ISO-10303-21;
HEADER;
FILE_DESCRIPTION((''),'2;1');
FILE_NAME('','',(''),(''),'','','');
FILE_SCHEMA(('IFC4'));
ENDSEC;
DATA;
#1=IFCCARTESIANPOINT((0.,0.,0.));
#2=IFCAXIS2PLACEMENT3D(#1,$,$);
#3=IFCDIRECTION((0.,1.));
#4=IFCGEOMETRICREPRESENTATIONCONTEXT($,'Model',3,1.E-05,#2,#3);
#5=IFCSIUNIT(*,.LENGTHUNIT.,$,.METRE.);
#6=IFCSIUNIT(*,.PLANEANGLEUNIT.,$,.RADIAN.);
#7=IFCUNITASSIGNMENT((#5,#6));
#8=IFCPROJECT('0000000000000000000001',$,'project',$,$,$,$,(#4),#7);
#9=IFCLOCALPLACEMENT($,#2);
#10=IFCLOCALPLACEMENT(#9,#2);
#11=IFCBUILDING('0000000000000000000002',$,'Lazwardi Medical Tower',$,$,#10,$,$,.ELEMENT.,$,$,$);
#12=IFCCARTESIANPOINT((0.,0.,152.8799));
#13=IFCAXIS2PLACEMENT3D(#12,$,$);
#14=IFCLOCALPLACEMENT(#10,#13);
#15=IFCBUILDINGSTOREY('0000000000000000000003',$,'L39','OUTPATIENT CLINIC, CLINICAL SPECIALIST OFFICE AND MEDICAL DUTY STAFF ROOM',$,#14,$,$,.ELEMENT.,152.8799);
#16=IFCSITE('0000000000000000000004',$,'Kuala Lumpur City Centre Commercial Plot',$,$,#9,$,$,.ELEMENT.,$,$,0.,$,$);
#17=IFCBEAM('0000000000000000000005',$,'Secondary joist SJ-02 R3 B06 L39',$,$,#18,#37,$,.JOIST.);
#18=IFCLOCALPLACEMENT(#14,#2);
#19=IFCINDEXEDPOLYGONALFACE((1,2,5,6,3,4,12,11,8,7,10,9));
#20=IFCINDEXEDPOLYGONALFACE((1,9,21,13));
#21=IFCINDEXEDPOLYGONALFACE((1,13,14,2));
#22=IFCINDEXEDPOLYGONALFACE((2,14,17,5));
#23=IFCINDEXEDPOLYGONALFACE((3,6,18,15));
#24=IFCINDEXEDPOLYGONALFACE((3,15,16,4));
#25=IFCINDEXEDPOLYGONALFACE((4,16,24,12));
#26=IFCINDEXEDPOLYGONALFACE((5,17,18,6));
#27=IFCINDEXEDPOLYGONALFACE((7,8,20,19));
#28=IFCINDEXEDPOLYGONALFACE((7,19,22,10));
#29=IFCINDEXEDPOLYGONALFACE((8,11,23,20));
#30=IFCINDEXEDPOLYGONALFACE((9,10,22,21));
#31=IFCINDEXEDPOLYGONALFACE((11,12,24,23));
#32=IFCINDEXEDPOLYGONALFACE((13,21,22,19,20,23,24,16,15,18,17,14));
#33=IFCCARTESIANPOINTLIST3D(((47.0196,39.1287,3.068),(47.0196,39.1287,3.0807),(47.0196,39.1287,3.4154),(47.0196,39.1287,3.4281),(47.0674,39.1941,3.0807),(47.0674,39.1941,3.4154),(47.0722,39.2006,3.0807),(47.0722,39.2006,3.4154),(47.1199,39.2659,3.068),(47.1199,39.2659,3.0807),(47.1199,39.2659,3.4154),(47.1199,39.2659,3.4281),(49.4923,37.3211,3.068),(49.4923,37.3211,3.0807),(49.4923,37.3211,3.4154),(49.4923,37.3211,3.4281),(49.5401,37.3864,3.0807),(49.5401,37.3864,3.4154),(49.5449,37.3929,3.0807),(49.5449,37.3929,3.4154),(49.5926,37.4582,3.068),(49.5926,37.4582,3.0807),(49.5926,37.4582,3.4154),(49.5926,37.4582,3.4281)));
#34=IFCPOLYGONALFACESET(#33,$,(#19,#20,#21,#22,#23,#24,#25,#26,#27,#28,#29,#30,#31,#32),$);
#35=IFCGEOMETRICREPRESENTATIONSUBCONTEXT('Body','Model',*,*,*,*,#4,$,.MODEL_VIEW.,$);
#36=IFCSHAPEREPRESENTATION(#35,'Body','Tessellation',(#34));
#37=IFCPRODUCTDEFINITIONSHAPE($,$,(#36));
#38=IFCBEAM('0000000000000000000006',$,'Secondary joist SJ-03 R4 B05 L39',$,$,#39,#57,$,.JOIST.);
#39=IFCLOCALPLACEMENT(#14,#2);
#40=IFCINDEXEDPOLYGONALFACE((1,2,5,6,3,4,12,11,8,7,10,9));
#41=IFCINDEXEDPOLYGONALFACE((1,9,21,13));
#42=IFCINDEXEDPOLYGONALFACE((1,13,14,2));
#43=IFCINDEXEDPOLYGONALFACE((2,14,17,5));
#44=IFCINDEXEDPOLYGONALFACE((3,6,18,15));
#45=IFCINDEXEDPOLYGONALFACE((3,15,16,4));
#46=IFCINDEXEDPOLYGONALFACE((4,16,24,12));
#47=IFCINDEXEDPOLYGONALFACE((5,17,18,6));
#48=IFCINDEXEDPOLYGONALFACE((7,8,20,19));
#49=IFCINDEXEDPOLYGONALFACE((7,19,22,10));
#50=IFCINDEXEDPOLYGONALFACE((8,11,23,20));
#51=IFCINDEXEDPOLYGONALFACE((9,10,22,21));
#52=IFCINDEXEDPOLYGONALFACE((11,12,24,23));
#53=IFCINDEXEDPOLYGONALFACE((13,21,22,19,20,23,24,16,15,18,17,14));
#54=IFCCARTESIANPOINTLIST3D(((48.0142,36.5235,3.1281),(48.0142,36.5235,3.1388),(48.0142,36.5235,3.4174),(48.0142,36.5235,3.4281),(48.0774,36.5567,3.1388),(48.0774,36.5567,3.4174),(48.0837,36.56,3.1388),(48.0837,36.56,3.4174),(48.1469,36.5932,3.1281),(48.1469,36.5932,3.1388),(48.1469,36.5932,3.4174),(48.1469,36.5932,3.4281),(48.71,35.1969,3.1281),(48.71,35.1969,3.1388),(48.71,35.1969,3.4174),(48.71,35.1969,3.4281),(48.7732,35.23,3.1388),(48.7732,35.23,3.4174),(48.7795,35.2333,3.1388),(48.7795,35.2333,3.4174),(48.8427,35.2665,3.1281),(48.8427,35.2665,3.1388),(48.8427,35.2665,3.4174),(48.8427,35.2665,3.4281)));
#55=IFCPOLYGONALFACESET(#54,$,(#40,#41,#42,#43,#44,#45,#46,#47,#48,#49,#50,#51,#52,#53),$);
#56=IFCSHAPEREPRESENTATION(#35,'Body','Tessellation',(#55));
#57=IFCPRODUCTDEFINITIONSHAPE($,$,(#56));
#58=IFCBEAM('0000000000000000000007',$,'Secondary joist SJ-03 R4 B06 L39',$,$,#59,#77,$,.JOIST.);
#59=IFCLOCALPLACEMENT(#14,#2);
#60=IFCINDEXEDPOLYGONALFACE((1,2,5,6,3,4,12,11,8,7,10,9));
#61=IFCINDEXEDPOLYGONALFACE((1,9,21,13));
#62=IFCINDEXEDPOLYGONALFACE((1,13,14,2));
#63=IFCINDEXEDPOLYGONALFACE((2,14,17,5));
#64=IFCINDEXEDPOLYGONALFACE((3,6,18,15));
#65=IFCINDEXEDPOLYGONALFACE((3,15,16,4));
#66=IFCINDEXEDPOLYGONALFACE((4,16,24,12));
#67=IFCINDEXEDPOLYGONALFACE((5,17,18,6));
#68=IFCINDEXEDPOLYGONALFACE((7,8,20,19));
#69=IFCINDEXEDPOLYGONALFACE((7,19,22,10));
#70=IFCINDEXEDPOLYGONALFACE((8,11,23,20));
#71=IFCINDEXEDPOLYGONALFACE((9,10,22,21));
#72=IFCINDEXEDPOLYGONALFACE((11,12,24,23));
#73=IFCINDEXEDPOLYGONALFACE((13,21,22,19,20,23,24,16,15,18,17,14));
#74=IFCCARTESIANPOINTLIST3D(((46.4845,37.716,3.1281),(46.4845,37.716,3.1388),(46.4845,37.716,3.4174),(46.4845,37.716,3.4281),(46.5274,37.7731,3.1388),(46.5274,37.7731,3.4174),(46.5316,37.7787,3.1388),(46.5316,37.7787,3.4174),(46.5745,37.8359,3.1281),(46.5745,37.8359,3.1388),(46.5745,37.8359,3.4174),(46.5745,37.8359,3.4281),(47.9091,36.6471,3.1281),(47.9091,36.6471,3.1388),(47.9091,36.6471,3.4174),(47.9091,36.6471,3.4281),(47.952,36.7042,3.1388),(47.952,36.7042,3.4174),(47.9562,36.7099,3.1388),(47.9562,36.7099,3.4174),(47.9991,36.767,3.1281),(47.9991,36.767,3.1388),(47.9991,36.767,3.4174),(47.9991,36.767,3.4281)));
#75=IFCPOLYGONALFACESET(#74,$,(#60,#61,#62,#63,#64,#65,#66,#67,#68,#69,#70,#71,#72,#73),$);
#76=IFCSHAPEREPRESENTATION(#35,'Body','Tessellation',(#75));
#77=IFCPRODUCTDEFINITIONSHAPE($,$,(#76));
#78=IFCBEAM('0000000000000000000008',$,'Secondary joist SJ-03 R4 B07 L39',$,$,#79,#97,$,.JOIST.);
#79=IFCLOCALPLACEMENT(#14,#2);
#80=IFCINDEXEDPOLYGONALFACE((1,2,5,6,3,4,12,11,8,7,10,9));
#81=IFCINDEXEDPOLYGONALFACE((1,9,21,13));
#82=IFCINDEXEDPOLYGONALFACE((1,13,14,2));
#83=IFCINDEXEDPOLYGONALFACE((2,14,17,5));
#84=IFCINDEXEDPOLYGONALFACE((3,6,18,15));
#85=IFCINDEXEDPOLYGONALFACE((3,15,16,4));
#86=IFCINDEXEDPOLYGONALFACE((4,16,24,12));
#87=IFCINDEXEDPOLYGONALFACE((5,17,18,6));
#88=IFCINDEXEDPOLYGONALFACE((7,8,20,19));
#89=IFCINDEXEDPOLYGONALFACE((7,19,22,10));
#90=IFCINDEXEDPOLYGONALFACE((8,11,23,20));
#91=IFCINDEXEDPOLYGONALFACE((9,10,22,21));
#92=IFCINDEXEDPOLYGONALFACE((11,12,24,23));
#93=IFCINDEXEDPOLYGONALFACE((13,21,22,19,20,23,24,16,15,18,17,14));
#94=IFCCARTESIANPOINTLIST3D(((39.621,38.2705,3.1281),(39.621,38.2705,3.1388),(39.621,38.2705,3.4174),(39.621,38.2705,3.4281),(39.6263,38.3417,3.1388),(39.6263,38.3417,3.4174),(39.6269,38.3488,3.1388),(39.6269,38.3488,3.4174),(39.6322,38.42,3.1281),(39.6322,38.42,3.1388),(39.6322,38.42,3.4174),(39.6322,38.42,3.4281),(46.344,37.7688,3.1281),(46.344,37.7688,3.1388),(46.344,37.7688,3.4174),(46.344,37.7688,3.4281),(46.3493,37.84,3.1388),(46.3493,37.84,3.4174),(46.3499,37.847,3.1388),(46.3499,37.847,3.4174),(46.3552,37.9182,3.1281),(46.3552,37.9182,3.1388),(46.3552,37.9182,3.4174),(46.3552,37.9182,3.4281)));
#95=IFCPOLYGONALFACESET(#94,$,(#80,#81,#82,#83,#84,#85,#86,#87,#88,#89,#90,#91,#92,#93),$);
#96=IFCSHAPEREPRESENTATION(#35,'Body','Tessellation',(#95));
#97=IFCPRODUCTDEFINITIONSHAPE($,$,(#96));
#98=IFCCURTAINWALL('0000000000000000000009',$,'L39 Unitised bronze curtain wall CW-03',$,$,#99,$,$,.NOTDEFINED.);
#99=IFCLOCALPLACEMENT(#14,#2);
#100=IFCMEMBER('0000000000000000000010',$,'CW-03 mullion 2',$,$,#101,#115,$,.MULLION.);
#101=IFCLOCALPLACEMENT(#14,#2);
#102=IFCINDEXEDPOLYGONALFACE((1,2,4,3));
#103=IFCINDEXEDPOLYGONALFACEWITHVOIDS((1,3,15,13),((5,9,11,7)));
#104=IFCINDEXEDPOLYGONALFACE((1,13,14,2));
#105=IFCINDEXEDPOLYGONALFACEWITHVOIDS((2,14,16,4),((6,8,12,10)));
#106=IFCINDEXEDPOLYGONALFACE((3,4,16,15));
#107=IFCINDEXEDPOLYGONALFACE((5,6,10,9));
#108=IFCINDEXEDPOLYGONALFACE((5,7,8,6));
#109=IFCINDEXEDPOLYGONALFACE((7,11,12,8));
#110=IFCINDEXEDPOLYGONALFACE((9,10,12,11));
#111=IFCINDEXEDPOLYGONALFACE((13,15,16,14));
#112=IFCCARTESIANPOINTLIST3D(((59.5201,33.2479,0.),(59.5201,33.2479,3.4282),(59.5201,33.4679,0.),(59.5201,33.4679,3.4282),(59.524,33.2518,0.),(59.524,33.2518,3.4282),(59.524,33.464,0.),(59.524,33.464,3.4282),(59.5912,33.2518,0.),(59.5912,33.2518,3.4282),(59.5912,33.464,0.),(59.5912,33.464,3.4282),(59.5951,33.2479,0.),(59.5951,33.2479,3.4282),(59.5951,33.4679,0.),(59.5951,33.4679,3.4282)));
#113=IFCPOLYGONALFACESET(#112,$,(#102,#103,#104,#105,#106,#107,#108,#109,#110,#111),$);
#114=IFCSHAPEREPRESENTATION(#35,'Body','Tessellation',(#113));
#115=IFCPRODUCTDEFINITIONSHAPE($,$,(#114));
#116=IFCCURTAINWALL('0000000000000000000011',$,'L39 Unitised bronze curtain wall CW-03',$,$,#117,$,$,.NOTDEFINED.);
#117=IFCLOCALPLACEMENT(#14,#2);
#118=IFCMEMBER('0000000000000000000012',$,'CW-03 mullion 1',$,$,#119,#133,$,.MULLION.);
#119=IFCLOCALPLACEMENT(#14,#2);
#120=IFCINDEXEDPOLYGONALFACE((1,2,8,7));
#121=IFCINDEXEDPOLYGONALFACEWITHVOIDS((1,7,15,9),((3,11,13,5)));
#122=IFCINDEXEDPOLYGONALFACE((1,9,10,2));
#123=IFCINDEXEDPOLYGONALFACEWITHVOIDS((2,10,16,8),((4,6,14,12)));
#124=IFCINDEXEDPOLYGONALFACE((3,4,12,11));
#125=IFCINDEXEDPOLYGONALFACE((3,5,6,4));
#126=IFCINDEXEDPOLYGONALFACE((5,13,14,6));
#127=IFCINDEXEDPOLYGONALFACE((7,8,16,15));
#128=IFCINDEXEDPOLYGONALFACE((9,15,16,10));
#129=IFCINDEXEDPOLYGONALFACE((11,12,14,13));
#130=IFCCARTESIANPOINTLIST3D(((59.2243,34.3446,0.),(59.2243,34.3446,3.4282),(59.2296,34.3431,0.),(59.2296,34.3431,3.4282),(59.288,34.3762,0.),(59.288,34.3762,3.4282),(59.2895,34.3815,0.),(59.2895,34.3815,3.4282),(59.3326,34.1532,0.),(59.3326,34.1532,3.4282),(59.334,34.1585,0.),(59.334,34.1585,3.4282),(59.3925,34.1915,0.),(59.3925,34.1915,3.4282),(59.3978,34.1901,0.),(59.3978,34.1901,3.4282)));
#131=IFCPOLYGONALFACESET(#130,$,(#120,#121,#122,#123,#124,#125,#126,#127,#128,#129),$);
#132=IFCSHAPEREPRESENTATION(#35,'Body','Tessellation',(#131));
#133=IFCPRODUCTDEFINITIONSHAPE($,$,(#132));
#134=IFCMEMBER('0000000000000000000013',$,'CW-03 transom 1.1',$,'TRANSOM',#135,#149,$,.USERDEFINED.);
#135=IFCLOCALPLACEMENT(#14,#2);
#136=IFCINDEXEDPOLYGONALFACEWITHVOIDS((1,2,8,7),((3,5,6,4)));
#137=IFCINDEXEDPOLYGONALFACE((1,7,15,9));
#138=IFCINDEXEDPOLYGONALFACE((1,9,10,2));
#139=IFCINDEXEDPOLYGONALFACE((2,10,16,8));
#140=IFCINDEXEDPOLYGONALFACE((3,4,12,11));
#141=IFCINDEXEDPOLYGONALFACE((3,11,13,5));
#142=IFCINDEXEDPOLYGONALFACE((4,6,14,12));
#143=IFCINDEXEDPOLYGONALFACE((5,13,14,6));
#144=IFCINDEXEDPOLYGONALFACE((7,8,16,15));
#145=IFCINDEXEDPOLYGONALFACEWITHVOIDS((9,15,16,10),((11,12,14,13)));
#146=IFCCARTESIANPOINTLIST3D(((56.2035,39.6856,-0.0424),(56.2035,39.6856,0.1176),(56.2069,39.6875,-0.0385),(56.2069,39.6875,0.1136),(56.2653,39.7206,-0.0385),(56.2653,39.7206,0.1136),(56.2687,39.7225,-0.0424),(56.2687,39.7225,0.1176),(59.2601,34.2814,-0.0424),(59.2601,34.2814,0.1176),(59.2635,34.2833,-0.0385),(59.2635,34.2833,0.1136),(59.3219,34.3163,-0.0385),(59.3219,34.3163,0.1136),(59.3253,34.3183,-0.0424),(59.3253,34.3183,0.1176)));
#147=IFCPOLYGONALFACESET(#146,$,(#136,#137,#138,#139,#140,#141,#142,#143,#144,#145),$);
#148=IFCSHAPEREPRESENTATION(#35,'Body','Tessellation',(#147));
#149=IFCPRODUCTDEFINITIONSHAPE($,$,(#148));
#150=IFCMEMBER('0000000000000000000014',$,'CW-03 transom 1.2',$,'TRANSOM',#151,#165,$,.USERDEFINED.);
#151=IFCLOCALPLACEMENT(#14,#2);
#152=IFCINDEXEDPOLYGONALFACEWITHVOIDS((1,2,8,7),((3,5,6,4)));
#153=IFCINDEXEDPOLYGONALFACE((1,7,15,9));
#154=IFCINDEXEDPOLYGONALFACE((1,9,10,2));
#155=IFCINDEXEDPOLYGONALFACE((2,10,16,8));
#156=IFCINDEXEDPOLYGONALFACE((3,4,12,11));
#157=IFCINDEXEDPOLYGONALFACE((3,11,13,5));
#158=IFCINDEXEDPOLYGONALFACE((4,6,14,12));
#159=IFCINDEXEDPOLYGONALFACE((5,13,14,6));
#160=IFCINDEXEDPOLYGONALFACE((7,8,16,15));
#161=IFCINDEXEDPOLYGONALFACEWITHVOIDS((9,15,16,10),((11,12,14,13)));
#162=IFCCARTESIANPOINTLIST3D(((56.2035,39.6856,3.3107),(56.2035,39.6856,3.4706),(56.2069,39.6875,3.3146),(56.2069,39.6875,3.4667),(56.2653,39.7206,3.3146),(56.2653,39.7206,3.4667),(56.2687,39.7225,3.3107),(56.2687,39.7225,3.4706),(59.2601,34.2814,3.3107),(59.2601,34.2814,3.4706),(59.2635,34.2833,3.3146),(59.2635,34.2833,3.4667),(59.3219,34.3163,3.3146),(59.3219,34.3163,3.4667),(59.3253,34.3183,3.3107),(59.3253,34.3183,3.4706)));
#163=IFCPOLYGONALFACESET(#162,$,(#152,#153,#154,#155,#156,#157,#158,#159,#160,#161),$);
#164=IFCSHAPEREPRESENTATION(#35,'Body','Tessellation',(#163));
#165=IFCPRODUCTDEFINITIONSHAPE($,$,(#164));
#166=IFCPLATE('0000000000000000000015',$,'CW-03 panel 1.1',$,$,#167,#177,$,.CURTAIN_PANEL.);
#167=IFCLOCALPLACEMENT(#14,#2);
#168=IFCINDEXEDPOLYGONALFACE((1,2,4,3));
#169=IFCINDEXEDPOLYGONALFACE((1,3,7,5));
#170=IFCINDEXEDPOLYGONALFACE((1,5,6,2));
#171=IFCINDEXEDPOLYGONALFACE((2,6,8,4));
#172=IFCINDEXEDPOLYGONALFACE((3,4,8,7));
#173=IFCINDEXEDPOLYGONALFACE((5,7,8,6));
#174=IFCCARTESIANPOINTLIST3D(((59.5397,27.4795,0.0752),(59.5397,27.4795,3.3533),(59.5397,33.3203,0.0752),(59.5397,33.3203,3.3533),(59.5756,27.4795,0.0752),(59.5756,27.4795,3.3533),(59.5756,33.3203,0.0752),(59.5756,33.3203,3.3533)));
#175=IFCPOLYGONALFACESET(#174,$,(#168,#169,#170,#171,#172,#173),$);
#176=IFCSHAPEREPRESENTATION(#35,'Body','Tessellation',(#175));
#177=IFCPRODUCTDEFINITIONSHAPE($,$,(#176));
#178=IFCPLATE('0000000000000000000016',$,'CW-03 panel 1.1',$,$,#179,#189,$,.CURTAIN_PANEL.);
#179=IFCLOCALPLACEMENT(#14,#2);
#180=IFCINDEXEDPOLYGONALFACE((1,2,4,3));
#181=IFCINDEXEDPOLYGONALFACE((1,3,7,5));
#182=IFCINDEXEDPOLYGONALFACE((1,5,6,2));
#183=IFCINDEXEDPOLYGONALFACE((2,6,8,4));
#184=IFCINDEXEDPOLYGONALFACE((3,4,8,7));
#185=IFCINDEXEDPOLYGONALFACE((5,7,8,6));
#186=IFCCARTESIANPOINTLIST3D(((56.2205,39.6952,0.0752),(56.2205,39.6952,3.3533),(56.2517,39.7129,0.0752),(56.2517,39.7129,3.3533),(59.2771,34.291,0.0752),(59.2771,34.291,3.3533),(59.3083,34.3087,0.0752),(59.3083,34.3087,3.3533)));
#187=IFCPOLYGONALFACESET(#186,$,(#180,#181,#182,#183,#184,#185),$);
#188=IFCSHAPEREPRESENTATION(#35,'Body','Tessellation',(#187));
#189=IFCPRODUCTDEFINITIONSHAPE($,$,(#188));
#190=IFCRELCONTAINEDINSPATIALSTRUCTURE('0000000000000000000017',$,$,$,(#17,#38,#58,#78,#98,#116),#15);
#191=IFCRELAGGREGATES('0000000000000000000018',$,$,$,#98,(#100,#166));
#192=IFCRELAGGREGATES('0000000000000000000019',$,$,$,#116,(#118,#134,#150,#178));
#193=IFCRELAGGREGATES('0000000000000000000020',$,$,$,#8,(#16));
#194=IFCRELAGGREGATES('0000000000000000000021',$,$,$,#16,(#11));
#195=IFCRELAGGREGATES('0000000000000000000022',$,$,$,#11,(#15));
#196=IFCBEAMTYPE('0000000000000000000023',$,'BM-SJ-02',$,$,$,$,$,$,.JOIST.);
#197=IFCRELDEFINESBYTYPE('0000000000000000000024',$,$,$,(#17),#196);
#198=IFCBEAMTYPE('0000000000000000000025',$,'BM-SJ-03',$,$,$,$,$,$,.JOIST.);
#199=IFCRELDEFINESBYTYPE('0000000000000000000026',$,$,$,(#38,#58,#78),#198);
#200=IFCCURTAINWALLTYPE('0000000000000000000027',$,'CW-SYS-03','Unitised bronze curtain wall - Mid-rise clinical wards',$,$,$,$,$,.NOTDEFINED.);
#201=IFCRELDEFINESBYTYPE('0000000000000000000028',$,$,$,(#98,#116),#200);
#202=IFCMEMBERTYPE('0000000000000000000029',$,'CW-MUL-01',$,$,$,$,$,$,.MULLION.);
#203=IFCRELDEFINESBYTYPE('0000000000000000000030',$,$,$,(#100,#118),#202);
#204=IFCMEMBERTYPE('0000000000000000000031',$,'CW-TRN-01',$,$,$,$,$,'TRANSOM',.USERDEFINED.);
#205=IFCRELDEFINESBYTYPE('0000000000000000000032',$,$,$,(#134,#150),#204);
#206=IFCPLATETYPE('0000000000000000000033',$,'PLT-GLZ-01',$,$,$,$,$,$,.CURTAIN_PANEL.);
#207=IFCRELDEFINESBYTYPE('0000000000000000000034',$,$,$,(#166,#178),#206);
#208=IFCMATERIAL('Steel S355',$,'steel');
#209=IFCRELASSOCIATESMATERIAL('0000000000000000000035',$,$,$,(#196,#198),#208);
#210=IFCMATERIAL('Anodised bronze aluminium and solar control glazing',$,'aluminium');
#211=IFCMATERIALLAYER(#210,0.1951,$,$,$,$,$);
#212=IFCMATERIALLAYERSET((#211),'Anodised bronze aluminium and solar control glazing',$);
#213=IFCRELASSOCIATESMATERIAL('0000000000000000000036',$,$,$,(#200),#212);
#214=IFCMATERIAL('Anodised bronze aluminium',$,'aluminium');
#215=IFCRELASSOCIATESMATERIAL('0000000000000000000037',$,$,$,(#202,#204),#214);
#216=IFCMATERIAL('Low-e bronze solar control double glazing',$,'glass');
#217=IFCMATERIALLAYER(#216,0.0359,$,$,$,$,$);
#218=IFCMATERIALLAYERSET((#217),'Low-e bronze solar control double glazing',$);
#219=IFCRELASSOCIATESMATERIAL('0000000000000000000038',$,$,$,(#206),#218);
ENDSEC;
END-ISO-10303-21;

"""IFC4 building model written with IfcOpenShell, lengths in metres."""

from ifc_helpers import new_model, si_unit, direction, frame, origin, origin_2d, place, context, subcontext, project, spatial, rectangle, hollow_rectangle, i_section, extrude, material, layer, layer_set, material_profile, profile_set, type_object, element, aggregate, save


model = new_model("IFC4")

# Units and contexts
model_context = context("Model", 3, precision=1e-05, world=origin(), true_north=direction((0.0, 1.0)))
body_context = subcontext(model_context, "Body", "Model", "MODEL_VIEW")
ifc_project = project(units=[si_unit("LENGTHUNIT", "METRE"), si_unit("PLANEANGLEUNIT", "RADIAN")], contexts=[model_context])

# Site, building, storey
site_placement = place(None, origin())
site = spatial("IfcSite", under=ifc_project, at=site_placement, Name="Kuala Lumpur City Centre Commercial Plot", CompositionType="ELEMENT", RefElevation=0.0)
building_placement = place(site_placement, origin())
building = spatial("IfcBuilding", under=site, at=building_placement, Name="Lazwardi Medical Tower", CompositionType="ELEMENT")
storey_placement = place(building_placement, frame((0.0, 0.0, 152.8799)))
storey = spatial("IfcBuildingStorey", under=building, at=storey_placement, Name="L39", Description="OUTPATIENT CLINIC, CLINICAL SPECIALIST OFFICE AND MEDICAL DUTY STAFF ROOM", CompositionType="ELEMENT", Elevation=152.8799)

# Beams
ifc_material_1 = material(Name="Steel S355", Category="steel")
ifc_material_profile_1 = material_profile(ifc_material_1, i_section(OverallWidth=0.1699, OverallDepth=0.3601, WebThickness=0.0081, FlangeThickness=0.0127, at=origin_2d()), Name="IPE 360")
ifc_profile_set_1 = profile_set([ifc_material_profile_1], Name="Steel S355")
beam_type_1 = type_object("IfcBeamType", Name="BM-SJ-02", PredefinedType="JOIST", material=ifc_profile_set_1)
beam_1_placement = place(storey_placement, frame((49.5425, 37.3896, 3.248), z_axis=(-0.807286, 0.59016, 0.0), x_axis=(-0.59016, -0.807286, 0.0)))
element("IfcBeam", 1, at=beam_1_placement, inside=storey, type_object=beam_type_1, Name="Secondary joist SJ-02 R3 B06 L39", PredefinedType="JOIST", context=body_context, shape_type="SweptSolid", body=[
    extrude(i_section(OverallWidth=0.1699, OverallDepth=0.3601, WebThickness=0.0081, FlangeThickness=0.0127, at=origin_2d()), origin(), (0.0, 0.0, 1.0), 3.063),
])
ifc_material_profile_2 = material_profile(ifc_material_1, i_section(OverallWidth=0.1499, OverallDepth=0.3, WebThickness=0.0071, FlangeThickness=0.0107, at=origin_2d()), Name="IPE 300")
ifc_profile_set_2 = profile_set([ifc_material_profile_2], Name="Steel S355")
beam_type_2 = type_object("IfcBeamType", Name="BM-SJ-03", PredefinedType="JOIST", material=ifc_profile_set_2)
beam_2_placement = place(storey_placement, frame((48.7764, 35.2317, 3.2781), z_axis=(-0.46447, 0.885589, 0.0), x_axis=(-0.885589, -0.46447, 0.0)))
element("IfcBeam", 2, at=beam_2_placement, inside=storey, type_object=beam_type_2, Name="Secondary joist SJ-03 R4 B05 L39", PredefinedType="JOIST", context=body_context, shape_type="SweptSolid", body=[
    extrude(i_section(OverallWidth=0.1499, OverallDepth=0.3, WebThickness=0.0071, FlangeThickness=0.0107, at=origin_2d()), origin(), (0.0, 0.0, 1.0), 1.498),
])
beam_3_placement = place(storey_placement, frame((47.9541, 36.707, 3.2781), z_axis=(-0.799885, 0.600154, 0.0), x_axis=(-0.600154, -0.799885, 0.0)))
element("IfcBeam", 3, at=beam_3_placement, inside=storey, type_object=beam_type_2, Name="Secondary joist SJ-03 R4 B06 L39", PredefinedType="JOIST", context=body_context, shape_type="SweptSolid", body=[
    extrude(i_section(OverallWidth=0.1499, OverallDepth=0.3, WebThickness=0.0071, FlangeThickness=0.0107, at=origin_2d()), origin(), (0.0, 0.0, 1.0), 1.781),
])
beam_4_placement = place(storey_placement, frame((46.3496, 37.8435, 3.2781), z_axis=(-0.997227, 0.07442, 0.0), x_axis=(-0.07442, -0.997227, 0.0)))
element("IfcBeam", 4, at=beam_4_placement, inside=storey, type_object=beam_type_2, Name="Secondary joist SJ-03 R4 B07 L39", PredefinedType="JOIST", context=body_context, shape_type="SweptSolid", body=[
    extrude(i_section(OverallWidth=0.1499, OverallDepth=0.3, WebThickness=0.0071, FlangeThickness=0.0107, at=origin_2d()), origin(), (0.0, 0.0, 1.0), 6.7417),
])

# Curtain wall, member
ifc_material_2 = material(Name="Anodised bronze aluminium and solar control glazing", Category="aluminium")
ifc_layer_1 = layer(ifc_material_2, 0.1951)
ifc_layer_set_1 = layer_set([ifc_layer_1], Name="Anodised bronze aluminium and solar control glazing")
curtain_wall_type = type_object("IfcCurtainWallType", Name="CW-SYS-03", Description="Unitised bronze curtain wall - Mid-rise clinical wards", PredefinedType="NOTDEFINED", material=ifc_layer_set_1)
curtain_wall_1_placement = place(storey_placement, origin())
curtain_wall_1 = element("IfcCurtainWall", 5, at=curtain_wall_1_placement, inside=storey, type_object=curtain_wall_type, Name="L39 Unitised bronze curtain wall CW-03", PredefinedType="NOTDEFINED")
ifc_material_3 = material(Name="Anodised bronze aluminium", Category="aluminium")
ifc_material_profile_3 = material_profile(ifc_material_3, hollow_rectangle(XDim=0.075, YDim=0.22, WallThickness=0.0039, at=origin_2d()), Name="ALU-MULLION 220x75x4")
ifc_profile_set_3 = profile_set([ifc_material_profile_3], Name="Anodised bronze aluminium")
member_type_1 = type_object("IfcMemberType", Name="CW-MUL-01", PredefinedType="MULLION", material=ifc_profile_set_3)
member_1_placement = place(storey_placement, frame((59.5576, 33.3579, 0.0), z_axis=(0.0, 0.0, 1.0), x_axis=(-1.0, 0.0, 0.0)))
member_1 = element("IfcMember", 6, at=member_1_placement, type_object=member_type_1, Name="CW-03 mullion 2", PredefinedType="MULLION", context=body_context, shape_type="SweptSolid", body=[
    extrude(hollow_rectangle(XDim=0.075, YDim=0.22, WallThickness=0.0039, at=origin_2d()), origin(), (0.0, 0.0, 1.0), 3.4282),
])

# Curtain wall, members
curtain_wall_2_placement = place(storey_placement, origin())
curtain_wall_2 = element("IfcCurtainWall", 7, at=curtain_wall_2_placement, inside=storey, type_object=curtain_wall_type, Name="L39 Unitised bronze curtain wall CW-03", PredefinedType="NOTDEFINED")
member_2_placement = place(storey_placement, frame((59.311, 34.2673, 0.0), z_axis=(0.0, 0.0, 1.0), x_axis=(-0.870419, -0.492312, 0.0)))
member_2 = element("IfcMember", 8, at=member_2_placement, type_object=member_type_1, Name="CW-03 mullion 1", PredefinedType="MULLION", context=body_context, shape_type="SweptSolid", body=[
    extrude(hollow_rectangle(XDim=0.075, YDim=0.22, WallThickness=0.0039, at=origin_2d()), origin(), (0.0, 0.0, 1.0), 3.4282),
])
ifc_material_profile_4 = material_profile(ifc_material_3, hollow_rectangle(XDim=0.075, YDim=0.1599, WallThickness=0.0039, at=origin_2d()), Name="ALU-TRANSOM 160x75x4")
ifc_profile_set_4 = profile_set([ifc_material_profile_4], Name="Anodised bronze aluminium")
member_type_2 = type_object("IfcMemberType", Name="CW-TRN-01", ElementType="TRANSOM", PredefinedType="USERDEFINED", material=ifc_profile_set_4)
member_3_placement = place(storey_placement, frame((59.2927, 34.2998, 0.0376), z_axis=(-0.492306, 0.870422, 0.0), x_axis=(-0.870422, -0.492306, 0.0)))
member_3 = element("IfcMember", 9, at=member_3_placement, type_object=member_type_2, Name="CW-03 transom 1.1", ObjectType="TRANSOM", PredefinedType="USERDEFINED", context=body_context, shape_type="SweptSolid", body=[
    extrude(hollow_rectangle(XDim=0.075, YDim=0.1599, WallThickness=0.0039, at=origin_2d()), origin(), (0.0, 0.0, 1.0), 6.2087),
])
member_4_placement = place(storey_placement, frame((59.2927, 34.2998, 3.3906), z_axis=(-0.492306, 0.870422, 0.0), x_axis=(-0.870422, -0.492306, 0.0)))
member_4 = element("IfcMember", 10, at=member_4_placement, type_object=member_type_2, Name="CW-03 transom 1.2", ObjectType="TRANSOM", PredefinedType="USERDEFINED", context=body_context, shape_type="SweptSolid", body=[
    extrude(hollow_rectangle(XDim=0.075, YDim=0.1599, WallThickness=0.0039, at=origin_2d()), origin(), (0.0, 0.0, 1.0), 6.2087),
])

# Plates
ifc_material_4 = material(Name="Low-e bronze solar control double glazing", Category="glass")
ifc_layer_2 = layer(ifc_material_4, 0.0359)
ifc_layer_set_2 = layer_set([ifc_layer_2], Name="Low-e bronze solar control double glazing")
plate_type = type_object("IfcPlateType", Name="PLT-GLZ-01", PredefinedType="CURTAIN_PANEL", material=ifc_layer_set_2)
plate_1_placement = place(storey_placement, frame((59.5576, 30.3999, 0.0752), z_axis=(0.0, 0.0, 1.0), x_axis=(0.0, 1.0, 0.0)))
plate_1 = element("IfcPlate", 11, at=plate_1_placement, type_object=plate_type, Name="CW-03 panel 1.1", PredefinedType="CURTAIN_PANEL", context=body_context, shape_type="SweptSolid", body=[
    extrude(rectangle(XDim=5.8408, YDim=0.0359, at=origin_2d()), origin(), (0.0, 0.0, 1.0), 3.2781),
])
aggregate(curtain_wall_1, [member_1, plate_1])
plate_2_placement = place(storey_placement, frame((57.7644, 37.002, 0.0752), z_axis=(0.0, 0.0, 1.0), x_axis=(-0.492312, 0.870419, 0.0)))
plate_2 = element("IfcPlate", 12, at=plate_2_placement, type_object=plate_type, Name="CW-03 panel 1.1", PredefinedType="CURTAIN_PANEL", context=body_context, shape_type="SweptSolid", body=[
    extrude(rectangle(XDim=6.2087, YDim=0.0359, at=origin_2d()), origin(), (0.0, 0.0, 1.0), 3.2781),
])
aggregate(curtain_wall_2, [member_2, member_3, member_4, plate_2])

save(model, "model.ifc")
